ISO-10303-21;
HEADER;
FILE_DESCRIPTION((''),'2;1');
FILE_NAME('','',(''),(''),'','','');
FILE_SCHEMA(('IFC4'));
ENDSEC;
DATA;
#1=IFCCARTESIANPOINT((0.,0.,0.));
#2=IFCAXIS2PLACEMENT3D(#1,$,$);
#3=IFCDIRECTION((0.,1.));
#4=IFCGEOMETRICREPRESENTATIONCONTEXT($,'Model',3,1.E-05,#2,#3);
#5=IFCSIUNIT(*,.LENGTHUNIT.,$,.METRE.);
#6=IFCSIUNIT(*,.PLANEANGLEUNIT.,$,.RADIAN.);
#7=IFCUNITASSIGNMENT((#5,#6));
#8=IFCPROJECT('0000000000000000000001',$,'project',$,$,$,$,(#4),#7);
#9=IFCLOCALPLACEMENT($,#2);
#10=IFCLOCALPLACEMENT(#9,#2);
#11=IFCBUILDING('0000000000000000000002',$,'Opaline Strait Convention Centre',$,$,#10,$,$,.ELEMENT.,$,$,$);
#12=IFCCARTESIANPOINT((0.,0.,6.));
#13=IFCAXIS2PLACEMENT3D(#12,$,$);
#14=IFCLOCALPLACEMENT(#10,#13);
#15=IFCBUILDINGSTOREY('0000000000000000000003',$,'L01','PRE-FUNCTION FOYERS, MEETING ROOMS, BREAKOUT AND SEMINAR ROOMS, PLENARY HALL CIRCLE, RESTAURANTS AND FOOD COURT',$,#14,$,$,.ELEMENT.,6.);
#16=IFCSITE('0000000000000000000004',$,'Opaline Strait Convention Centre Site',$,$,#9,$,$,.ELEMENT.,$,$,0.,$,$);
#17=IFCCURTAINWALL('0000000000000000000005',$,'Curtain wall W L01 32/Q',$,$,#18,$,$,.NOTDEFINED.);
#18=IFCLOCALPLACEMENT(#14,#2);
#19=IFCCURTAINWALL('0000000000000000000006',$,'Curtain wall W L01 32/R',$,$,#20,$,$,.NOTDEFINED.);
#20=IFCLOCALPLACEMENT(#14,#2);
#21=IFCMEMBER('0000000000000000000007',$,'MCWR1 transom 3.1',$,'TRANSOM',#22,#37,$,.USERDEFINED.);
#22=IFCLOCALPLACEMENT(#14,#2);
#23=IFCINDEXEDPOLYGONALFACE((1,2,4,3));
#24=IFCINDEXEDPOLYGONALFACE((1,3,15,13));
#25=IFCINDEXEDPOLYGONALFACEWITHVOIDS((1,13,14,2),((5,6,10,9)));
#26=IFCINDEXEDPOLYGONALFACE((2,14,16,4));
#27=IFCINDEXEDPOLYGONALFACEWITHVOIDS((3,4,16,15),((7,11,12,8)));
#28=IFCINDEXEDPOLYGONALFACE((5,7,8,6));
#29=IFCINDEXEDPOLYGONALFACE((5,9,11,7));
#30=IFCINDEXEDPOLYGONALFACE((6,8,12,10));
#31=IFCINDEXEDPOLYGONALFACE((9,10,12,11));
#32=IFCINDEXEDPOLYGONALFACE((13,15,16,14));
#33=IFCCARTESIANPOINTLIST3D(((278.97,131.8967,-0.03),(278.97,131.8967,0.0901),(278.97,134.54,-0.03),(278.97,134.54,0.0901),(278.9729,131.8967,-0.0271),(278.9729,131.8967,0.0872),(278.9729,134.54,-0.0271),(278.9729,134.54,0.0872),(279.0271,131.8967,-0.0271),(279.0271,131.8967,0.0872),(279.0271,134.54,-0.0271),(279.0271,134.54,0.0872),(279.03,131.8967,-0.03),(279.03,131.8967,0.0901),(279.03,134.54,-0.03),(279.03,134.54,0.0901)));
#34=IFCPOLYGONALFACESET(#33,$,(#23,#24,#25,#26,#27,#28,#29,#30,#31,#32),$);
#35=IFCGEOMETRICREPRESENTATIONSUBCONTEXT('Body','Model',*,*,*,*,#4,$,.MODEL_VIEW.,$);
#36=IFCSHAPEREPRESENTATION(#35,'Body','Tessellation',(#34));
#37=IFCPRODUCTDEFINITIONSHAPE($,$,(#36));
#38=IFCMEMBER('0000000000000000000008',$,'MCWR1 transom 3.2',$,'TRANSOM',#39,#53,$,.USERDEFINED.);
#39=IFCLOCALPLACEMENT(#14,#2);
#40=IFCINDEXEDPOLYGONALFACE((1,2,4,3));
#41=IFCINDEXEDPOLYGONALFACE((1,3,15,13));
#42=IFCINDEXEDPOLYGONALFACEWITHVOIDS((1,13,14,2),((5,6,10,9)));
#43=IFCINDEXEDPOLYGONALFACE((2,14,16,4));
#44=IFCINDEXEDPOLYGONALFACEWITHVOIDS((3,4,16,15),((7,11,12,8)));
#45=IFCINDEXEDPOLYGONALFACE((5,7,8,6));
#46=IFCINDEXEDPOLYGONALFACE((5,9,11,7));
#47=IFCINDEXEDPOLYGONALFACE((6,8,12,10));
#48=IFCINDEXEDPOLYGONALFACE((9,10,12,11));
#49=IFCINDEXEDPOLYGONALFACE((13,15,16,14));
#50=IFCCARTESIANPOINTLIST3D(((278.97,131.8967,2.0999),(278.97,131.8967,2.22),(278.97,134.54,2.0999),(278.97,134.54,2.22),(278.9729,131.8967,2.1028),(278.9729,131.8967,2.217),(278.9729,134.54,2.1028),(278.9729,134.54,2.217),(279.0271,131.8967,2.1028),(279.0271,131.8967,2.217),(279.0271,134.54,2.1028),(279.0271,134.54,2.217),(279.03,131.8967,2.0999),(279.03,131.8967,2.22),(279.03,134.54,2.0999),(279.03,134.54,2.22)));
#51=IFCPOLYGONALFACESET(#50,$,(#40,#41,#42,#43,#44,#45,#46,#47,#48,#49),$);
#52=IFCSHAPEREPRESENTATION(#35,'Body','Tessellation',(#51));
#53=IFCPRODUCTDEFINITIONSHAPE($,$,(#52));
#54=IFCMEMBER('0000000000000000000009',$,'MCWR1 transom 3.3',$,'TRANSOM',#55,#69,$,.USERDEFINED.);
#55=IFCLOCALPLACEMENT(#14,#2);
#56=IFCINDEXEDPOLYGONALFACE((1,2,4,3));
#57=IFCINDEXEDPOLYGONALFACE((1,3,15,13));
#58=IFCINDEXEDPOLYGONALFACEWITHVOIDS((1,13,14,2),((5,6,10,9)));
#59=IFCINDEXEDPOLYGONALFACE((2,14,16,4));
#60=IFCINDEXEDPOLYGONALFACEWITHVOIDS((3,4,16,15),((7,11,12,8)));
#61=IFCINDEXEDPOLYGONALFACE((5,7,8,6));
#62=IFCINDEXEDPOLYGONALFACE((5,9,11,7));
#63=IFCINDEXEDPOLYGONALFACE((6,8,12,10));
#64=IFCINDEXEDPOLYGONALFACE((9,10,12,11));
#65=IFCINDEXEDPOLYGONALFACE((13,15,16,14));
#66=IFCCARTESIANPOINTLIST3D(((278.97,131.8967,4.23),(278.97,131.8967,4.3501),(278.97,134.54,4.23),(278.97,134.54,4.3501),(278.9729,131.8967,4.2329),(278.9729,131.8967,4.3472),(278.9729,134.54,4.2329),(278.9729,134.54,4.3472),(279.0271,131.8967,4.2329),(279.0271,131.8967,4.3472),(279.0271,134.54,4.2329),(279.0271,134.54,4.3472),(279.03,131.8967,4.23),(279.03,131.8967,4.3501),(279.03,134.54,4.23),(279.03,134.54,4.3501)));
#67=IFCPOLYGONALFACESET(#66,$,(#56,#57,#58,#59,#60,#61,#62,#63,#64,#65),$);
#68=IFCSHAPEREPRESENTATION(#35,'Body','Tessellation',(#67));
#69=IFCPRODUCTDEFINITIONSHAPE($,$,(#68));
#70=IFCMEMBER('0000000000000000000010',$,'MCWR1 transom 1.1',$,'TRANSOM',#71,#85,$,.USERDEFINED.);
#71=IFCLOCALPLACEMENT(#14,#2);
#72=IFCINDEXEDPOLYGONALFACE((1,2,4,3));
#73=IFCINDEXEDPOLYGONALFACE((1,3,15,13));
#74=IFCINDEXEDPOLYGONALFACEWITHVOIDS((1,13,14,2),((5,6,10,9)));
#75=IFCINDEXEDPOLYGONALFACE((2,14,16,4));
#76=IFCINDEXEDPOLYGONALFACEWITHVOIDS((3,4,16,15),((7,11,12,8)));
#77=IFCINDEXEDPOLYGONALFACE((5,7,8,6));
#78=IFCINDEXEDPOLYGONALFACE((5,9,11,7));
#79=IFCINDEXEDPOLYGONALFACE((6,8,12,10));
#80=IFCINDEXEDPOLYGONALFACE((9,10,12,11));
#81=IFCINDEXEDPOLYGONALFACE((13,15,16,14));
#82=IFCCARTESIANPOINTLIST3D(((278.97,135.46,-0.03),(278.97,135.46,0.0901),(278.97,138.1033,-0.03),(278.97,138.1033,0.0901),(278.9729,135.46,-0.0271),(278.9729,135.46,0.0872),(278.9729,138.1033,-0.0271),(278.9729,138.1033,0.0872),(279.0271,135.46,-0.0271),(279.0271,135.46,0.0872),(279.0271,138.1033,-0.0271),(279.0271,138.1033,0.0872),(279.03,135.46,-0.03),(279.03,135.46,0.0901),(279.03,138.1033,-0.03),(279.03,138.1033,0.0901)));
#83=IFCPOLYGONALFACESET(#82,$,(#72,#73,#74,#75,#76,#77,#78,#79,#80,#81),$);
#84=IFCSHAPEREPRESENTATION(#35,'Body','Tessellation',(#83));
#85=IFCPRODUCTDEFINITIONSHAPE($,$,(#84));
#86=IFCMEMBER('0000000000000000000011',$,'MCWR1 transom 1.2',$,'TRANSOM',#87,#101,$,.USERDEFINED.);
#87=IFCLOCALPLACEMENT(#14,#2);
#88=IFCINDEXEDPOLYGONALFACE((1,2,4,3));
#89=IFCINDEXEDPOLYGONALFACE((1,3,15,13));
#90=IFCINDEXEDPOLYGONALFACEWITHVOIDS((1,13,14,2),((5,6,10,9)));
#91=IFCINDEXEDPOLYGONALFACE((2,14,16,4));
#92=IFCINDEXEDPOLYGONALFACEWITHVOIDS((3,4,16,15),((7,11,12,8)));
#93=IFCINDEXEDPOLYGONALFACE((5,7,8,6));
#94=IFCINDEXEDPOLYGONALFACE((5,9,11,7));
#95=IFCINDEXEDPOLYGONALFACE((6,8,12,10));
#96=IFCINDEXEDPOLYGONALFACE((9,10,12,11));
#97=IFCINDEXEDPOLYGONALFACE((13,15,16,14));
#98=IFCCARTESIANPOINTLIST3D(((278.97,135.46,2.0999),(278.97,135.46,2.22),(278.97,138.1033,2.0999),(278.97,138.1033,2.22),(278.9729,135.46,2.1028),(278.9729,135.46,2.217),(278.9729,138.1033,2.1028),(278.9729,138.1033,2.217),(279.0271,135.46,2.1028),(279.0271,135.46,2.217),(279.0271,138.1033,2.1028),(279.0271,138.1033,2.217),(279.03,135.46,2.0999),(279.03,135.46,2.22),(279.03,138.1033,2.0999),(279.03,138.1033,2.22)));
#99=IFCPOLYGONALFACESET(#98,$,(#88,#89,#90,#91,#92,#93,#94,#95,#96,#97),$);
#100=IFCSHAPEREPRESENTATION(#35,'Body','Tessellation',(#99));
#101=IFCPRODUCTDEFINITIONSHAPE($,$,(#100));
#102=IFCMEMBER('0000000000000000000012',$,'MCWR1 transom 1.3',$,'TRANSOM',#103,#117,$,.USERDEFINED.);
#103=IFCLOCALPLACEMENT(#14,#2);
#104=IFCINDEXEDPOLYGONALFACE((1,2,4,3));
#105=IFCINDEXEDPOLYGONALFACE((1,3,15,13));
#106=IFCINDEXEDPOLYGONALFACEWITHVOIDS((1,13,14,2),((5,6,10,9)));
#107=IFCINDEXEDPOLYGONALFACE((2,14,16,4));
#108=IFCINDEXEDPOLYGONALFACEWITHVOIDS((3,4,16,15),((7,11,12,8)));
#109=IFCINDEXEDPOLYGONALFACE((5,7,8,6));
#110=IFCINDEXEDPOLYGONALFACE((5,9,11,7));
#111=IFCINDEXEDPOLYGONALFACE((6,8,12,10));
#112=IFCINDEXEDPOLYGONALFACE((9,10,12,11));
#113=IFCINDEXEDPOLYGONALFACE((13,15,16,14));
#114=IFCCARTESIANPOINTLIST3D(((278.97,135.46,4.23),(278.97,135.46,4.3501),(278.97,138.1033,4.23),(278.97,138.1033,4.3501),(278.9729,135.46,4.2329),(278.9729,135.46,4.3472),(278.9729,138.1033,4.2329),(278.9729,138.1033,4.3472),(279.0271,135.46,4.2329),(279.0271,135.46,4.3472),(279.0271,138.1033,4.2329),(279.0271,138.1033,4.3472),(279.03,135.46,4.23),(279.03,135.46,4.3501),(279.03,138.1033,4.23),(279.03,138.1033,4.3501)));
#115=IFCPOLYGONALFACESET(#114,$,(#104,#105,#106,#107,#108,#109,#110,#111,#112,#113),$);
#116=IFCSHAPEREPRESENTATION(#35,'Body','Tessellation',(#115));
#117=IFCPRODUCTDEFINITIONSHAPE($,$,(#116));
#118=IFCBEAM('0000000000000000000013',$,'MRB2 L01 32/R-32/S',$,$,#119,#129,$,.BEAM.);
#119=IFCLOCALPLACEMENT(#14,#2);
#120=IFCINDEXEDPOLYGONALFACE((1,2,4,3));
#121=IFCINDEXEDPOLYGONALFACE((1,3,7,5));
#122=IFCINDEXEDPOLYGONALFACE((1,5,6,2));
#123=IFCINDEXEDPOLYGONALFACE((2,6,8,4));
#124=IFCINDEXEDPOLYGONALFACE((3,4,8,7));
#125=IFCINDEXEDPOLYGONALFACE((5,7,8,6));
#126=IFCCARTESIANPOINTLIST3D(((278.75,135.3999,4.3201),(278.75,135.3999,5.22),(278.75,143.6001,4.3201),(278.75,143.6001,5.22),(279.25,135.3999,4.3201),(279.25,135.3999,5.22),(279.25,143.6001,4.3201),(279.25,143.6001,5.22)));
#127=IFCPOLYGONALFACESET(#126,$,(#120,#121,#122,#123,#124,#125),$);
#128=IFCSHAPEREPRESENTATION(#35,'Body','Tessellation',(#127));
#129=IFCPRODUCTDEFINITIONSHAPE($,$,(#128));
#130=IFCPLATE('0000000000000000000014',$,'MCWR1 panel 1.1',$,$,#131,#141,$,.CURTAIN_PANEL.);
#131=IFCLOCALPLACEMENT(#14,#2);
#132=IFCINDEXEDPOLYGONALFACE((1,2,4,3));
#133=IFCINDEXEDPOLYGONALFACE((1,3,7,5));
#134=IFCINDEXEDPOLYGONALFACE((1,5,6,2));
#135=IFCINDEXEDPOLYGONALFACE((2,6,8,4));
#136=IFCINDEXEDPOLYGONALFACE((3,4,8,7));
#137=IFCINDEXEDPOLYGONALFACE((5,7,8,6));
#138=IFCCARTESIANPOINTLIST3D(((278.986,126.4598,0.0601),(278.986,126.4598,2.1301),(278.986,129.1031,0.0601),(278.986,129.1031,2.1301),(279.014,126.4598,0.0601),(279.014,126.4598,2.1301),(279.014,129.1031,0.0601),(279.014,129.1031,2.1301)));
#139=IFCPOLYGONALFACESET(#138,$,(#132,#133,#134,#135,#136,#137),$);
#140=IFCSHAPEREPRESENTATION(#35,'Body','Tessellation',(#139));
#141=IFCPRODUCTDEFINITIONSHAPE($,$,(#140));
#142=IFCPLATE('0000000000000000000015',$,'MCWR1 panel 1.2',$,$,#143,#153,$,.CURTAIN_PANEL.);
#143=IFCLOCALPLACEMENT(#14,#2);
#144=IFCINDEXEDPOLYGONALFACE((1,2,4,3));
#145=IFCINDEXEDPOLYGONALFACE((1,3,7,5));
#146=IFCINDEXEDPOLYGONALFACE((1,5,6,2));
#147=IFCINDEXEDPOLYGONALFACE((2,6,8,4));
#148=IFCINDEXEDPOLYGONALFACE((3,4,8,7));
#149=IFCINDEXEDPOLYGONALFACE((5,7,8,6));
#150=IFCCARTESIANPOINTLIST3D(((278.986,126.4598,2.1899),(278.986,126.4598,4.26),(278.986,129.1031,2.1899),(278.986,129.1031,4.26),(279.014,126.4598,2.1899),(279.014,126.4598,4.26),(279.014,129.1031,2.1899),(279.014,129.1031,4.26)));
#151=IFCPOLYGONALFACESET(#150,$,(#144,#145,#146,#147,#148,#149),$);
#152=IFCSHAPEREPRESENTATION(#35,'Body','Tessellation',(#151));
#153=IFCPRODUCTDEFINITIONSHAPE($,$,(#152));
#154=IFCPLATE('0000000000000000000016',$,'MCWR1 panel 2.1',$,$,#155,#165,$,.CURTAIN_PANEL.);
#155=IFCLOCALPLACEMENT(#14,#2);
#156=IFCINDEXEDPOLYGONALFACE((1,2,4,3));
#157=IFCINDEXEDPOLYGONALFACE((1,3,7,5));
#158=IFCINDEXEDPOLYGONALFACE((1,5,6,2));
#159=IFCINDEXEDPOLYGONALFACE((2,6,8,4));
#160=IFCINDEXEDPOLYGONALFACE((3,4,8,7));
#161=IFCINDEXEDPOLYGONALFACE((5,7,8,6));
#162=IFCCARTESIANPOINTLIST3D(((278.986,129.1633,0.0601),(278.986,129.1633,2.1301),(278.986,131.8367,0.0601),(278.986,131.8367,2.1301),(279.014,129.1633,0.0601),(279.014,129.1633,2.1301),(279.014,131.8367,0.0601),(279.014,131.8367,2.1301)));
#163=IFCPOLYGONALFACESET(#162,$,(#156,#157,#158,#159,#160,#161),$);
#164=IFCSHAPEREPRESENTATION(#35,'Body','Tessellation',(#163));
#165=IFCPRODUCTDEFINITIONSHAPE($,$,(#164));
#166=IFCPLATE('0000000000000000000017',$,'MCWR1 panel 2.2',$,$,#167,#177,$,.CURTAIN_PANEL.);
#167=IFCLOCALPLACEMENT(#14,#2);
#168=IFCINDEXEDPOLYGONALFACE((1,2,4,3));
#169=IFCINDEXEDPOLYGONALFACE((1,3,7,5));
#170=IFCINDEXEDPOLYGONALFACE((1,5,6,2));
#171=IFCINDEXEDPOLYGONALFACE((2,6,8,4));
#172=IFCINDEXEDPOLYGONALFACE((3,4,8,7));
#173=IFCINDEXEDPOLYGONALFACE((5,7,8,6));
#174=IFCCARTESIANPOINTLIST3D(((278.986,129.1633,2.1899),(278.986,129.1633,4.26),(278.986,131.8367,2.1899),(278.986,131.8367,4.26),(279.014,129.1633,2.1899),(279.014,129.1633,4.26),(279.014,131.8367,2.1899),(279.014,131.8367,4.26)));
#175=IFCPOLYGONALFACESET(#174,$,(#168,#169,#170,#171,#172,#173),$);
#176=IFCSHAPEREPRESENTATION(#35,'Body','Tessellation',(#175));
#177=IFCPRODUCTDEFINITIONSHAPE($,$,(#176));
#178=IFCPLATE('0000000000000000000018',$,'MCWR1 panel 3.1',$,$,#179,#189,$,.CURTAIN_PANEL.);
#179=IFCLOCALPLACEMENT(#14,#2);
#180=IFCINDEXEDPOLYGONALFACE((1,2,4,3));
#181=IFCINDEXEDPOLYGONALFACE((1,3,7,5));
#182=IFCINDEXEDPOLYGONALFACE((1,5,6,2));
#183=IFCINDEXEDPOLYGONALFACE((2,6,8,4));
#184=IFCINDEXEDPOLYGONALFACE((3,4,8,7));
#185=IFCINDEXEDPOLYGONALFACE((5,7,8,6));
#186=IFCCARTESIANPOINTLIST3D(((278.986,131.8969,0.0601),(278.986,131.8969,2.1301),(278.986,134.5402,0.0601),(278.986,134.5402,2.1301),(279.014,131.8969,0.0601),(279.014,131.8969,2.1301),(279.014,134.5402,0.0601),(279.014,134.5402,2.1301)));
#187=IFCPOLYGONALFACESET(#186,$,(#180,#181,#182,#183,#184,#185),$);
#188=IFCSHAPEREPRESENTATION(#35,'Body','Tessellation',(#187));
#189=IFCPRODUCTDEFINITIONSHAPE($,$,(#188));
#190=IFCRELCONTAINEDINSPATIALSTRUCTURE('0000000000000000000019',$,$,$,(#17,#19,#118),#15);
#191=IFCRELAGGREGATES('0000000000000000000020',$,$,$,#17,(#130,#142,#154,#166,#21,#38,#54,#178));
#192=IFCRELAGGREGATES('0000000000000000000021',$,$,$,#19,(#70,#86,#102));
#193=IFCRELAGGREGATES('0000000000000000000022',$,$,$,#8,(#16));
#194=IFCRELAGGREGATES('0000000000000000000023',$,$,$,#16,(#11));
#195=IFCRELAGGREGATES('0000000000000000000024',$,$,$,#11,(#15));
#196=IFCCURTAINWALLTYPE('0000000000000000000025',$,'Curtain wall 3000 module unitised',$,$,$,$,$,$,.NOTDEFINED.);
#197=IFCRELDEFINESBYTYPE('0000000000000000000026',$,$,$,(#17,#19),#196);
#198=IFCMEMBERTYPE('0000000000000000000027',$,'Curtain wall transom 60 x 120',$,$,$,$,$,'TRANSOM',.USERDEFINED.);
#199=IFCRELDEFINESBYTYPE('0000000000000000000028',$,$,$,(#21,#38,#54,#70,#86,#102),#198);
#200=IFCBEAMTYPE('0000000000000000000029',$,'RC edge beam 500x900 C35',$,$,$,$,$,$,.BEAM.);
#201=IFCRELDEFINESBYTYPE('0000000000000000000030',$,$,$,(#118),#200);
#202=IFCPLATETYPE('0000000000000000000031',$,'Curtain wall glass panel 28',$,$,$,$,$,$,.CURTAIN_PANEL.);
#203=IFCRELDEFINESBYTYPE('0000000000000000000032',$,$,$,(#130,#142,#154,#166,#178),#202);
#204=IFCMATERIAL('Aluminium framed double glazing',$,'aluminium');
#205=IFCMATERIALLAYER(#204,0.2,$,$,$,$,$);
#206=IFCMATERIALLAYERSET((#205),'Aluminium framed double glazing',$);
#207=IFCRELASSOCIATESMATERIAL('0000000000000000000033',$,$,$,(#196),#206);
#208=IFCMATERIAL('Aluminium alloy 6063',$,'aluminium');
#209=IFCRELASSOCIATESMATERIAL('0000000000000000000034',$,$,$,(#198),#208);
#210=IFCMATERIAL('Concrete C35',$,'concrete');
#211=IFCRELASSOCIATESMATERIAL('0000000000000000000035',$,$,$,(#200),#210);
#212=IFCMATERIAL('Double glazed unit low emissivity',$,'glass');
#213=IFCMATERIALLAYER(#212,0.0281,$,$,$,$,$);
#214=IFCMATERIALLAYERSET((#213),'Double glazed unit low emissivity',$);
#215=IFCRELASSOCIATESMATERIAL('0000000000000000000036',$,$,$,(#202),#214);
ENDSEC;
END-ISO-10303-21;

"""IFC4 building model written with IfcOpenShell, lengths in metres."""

from ifc_helpers import new_model, si_unit, direction, frame, origin, origin_2d, place, context, subcontext, project, spatial, rectangle, hollow_rectangle, extrude, material, layer, layer_set, material_profile, profile_set, type_object, element, aggregate, save


model = new_model("IFC4")

# Units and contexts
model_context = context("Model", 3, precision=1e-05, world=origin(), true_north=direction((0.0, 1.0)))
body_context = subcontext(model_context, "Body", "Model", "MODEL_VIEW")
ifc_project = project(units=[si_unit("LENGTHUNIT", "METRE"), si_unit("PLANEANGLEUNIT", "RADIAN")], contexts=[model_context])

# Site, building, storey
site_placement = place(None, origin())
site = spatial("IfcSite", under=ifc_project, at=site_placement, Name="Opaline Strait Convention Centre Site", CompositionType="ELEMENT", RefElevation=0.0)
building_placement = place(site_placement, origin())
building = spatial("IfcBuilding", under=site, at=building_placement, Name="Opaline Strait Convention Centre", CompositionType="ELEMENT")
storey_placement = place(building_placement, frame((0.0, 0.0, 6.0)))
storey = spatial("IfcBuildingStorey", under=building, at=storey_placement, Name="L01", Description="PRE-FUNCTION FOYERS, MEETING ROOMS, BREAKOUT AND SEMINAR ROOMS, PLENARY HALL CIRCLE, RESTAURANTS AND FOOD COURT", CompositionType="ELEMENT", Elevation=6.0)

# Curtain wall
ifc_material_1 = material(Name="Aluminium framed double glazing", Category="aluminium")
ifc_layer_1 = layer(ifc_material_1, 0.2)
ifc_layer_set_1 = layer_set([ifc_layer_1], Name="Aluminium framed double glazing")
curtain_wall_type = type_object("IfcCurtainWallType", Name="Curtain wall 3000 module unitised", PredefinedType="NOTDEFINED", material=ifc_layer_set_1)
curtain_wall_1_placement = place(storey_placement, origin())
curtain_wall_1 = element("IfcCurtainWall", 1, at=curtain_wall_1_placement, inside=storey, type_object=curtain_wall_type, Name="Curtain wall W L01 32/Q", PredefinedType="NOTDEFINED")
ifc_material_2 = material(Name="Aluminium alloy 6063", Category="aluminium")

# Curtain wall
curtain_wall_2_placement = place(storey_placement, origin())
curtain_wall_2 = element("IfcCurtainWall", 2, at=curtain_wall_2_placement, inside=storey, type_object=curtain_wall_type, Name="Curtain wall W L01 32/R", PredefinedType="NOTDEFINED")

# Members
ifc_material_profile_1 = material_profile(ifc_material_2, hollow_rectangle(XDim=0.0601, YDim=0.1201, WallThickness=0.0029, at=origin_2d()), Name="TRANSOM 60x120x3")
ifc_profile_set_1 = profile_set([ifc_material_profile_1], Name="Aluminium alloy 6063")
member_type_1 = type_object("IfcMemberType", Name="Curtain wall transom 60 x 120", ElementType="TRANSOM", PredefinedType="USERDEFINED", material=ifc_profile_set_1)
member_1_placement = place(storey_placement, frame((279.0, 131.8967, 0.03), z_axis=(0.0, 1.0, 0.0), x_axis=(-1.0, 0.0, 0.0)))
member_1 = element("IfcMember", 3, at=member_1_placement, type_object=member_type_1, Name="MCWR1 transom 3.1", ObjectType="TRANSOM", PredefinedType="USERDEFINED", context=body_context, shape_type="SweptSolid", body=[
    extrude(hollow_rectangle(XDim=0.0601, YDim=0.1201, WallThickness=0.0029, at=origin_2d()), origin(), (0.0, 0.0, 1.0), 2.6433),
])
member_2_placement = place(storey_placement, frame((279.0, 131.8967, 2.1599), z_axis=(0.0, 1.0, 0.0), x_axis=(-1.0, 0.0, 0.0)))
member_2 = element("IfcMember", 4, at=member_2_placement, type_object=member_type_1, Name="MCWR1 transom 3.2", ObjectType="TRANSOM", PredefinedType="USERDEFINED", context=body_context, shape_type="SweptSolid", body=[
    extrude(hollow_rectangle(XDim=0.0601, YDim=0.1201, WallThickness=0.0029, at=origin_2d()), origin(), (0.0, 0.0, 1.0), 2.6433),
])
member_3_placement = place(storey_placement, frame((279.0, 131.8967, 4.29), z_axis=(0.0, 1.0, 0.0), x_axis=(-1.0, 0.0, 0.0)))
member_3 = element("IfcMember", 5, at=member_3_placement, type_object=member_type_1, Name="MCWR1 transom 3.3", ObjectType="TRANSOM", PredefinedType="USERDEFINED", context=body_context, shape_type="SweptSolid", body=[
    extrude(hollow_rectangle(XDim=0.0601, YDim=0.1201, WallThickness=0.0029, at=origin_2d()), origin(), (0.0, 0.0, 1.0), 2.6433),
])
member_4_placement = place(storey_placement, frame((279.0, 135.46, 0.03), z_axis=(0.0, 1.0, 0.0), x_axis=(-1.0, 0.0, 0.0)))
member_4 = element("IfcMember", 6, at=member_4_placement, type_object=member_type_1, Name="MCWR1 transom 1.1", ObjectType="TRANSOM", PredefinedType="USERDEFINED", context=body_context, shape_type="SweptSolid", body=[
    extrude(hollow_rectangle(XDim=0.0601, YDim=0.1201, WallThickness=0.0029, at=origin_2d()), origin(), (0.0, 0.0, 1.0), 2.6433),
])
member_5_placement = place(storey_placement, frame((279.0, 135.46, 2.1599), z_axis=(0.0, 1.0, 0.0), x_axis=(-1.0, 0.0, 0.0)))
member_5 = element("IfcMember", 7, at=member_5_placement, type_object=member_type_1, Name="MCWR1 transom 1.2", ObjectType="TRANSOM", PredefinedType="USERDEFINED", context=body_context, shape_type="SweptSolid", body=[
    extrude(hollow_rectangle(XDim=0.0601, YDim=0.1201, WallThickness=0.0029, at=origin_2d()), origin(), (0.0, 0.0, 1.0), 2.6433),
])
member_6_placement = place(storey_placement, frame((279.0, 135.46, 4.29), z_axis=(0.0, 1.0, 0.0), x_axis=(-1.0, 0.0, 0.0)))
member_6 = element("IfcMember", 8, at=member_6_placement, type_object=member_type_1, Name="MCWR1 transom 1.3", ObjectType="TRANSOM", PredefinedType="USERDEFINED", context=body_context, shape_type="SweptSolid", body=[
    extrude(hollow_rectangle(XDim=0.0601, YDim=0.1201, WallThickness=0.0029, at=origin_2d()), origin(), (0.0, 0.0, 1.0), 2.6433),
])

# Beam
ifc_material_3 = material(Name="Concrete C35", Category="concrete")
ifc_material_profile_2 = material_profile(ifc_material_3, rectangle(XDim=0.5, YDim=0.8999, at=origin_2d()), Name="RC 500x900")
ifc_profile_set_2 = profile_set([ifc_material_profile_2], Name="Concrete C35")
beam_type = type_object("IfcBeamType", Name="RC edge beam 500x900 C35", PredefinedType="BEAM", material=ifc_profile_set_2)
beam_placement = place(storey_placement, frame((279.0, 135.3999, 4.77), z_axis=(0.0, 1.0, 0.0), x_axis=(-1.0, 0.0, 0.0)))
element("IfcBeam", 9, at=beam_placement, inside=storey, type_object=beam_type, Name="MRB2 L01 32/R-32/S", PredefinedType="BEAM", context=body_context, shape_type="SweptSolid", body=[
    extrude(rectangle(XDim=0.5, YDim=0.8999, at=origin_2d()), origin(), (0.0, 0.0, 1.0), 8.2002),
])

# Plates
ifc_material_4 = material(Name="Double glazed unit low emissivity", Category="glass")
ifc_layer_2 = layer(ifc_material_4, 0.0281)
ifc_layer_set_2 = layer_set([ifc_layer_2], Name="Double glazed unit low emissivity")
plate_type = type_object("IfcPlateType", Name="Curtain wall glass panel 28", PredefinedType="CURTAIN_PANEL", material=ifc_layer_set_2)
plate_1_placement = place(storey_placement, frame((279.0, 127.7815, 0.0601), z_axis=(0.0, 0.0, 1.0), x_axis=(0.0, 1.0, 0.0)))
plate_1 = element("IfcPlate", 10, at=plate_1_placement, type_object=plate_type, Name="MCWR1 panel 1.1", PredefinedType="CURTAIN_PANEL", context=body_context, shape_type="SweptSolid", body=[
    extrude(rectangle(XDim=2.6433, YDim=0.0281, at=origin_2d()), origin(), (0.0, 0.0, 1.0), 2.0701),
])
plate_2_placement = place(storey_placement, frame((279.0, 127.7815, 2.1899), z_axis=(0.0, 0.0, 1.0), x_axis=(0.0, 1.0, 0.0)))
plate_2 = element("IfcPlate", 11, at=plate_2_placement, type_object=plate_type, Name="MCWR1 panel 1.2", PredefinedType="CURTAIN_PANEL", context=body_context, shape_type="SweptSolid", body=[
    extrude(rectangle(XDim=2.6433, YDim=0.0281, at=origin_2d()), origin(), (0.0, 0.0, 1.0), 2.0701),
])
plate_3_placement = place(storey_placement, frame((279.0, 130.5, 0.0601), z_axis=(0.0, 0.0, 1.0), x_axis=(0.0, 1.0, 0.0)))
plate_3 = element("IfcPlate", 12, at=plate_3_placement, type_object=plate_type, Name="MCWR1 panel 2.1", PredefinedType="CURTAIN_PANEL", context=body_context, shape_type="SweptSolid", body=[
    extrude(rectangle(XDim=2.6733, YDim=0.0281, at=origin_2d()), origin(), (0.0, 0.0, 1.0), 2.0701),
])
plate_4_placement = place(storey_placement, frame((279.0, 130.5, 2.1899), z_axis=(0.0, 0.0, 1.0), x_axis=(0.0, 1.0, 0.0)))
plate_4 = element("IfcPlate", 13, at=plate_4_placement, type_object=plate_type, Name="MCWR1 panel 2.2", PredefinedType="CURTAIN_PANEL", context=body_context, shape_type="SweptSolid", body=[
    extrude(rectangle(XDim=2.6733, YDim=0.0281, at=origin_2d()), origin(), (0.0, 0.0, 1.0), 2.0701),
])
plate_5_placement = place(storey_placement, frame((279.0, 133.2185, 0.0601), z_axis=(0.0, 0.0, 1.0), x_axis=(0.0, 1.0, 0.0)))
plate_5 = element("IfcPlate", 14, at=plate_5_placement, type_object=plate_type, Name="MCWR1 panel 3.1", PredefinedType="CURTAIN_PANEL", context=body_context, shape_type="SweptSolid", body=[
    extrude(rectangle(XDim=2.6433, YDim=0.0281, at=origin_2d()), origin(), (0.0, 0.0, 1.0), 2.0701),
])
aggregate(curtain_wall_1, [plate_1, plate_2, plate_3, plate_4, member_1, member_2, member_3, plate_5])
aggregate(curtain_wall_2, [member_4, member_5, member_6])

save(model, "model.ifc")
